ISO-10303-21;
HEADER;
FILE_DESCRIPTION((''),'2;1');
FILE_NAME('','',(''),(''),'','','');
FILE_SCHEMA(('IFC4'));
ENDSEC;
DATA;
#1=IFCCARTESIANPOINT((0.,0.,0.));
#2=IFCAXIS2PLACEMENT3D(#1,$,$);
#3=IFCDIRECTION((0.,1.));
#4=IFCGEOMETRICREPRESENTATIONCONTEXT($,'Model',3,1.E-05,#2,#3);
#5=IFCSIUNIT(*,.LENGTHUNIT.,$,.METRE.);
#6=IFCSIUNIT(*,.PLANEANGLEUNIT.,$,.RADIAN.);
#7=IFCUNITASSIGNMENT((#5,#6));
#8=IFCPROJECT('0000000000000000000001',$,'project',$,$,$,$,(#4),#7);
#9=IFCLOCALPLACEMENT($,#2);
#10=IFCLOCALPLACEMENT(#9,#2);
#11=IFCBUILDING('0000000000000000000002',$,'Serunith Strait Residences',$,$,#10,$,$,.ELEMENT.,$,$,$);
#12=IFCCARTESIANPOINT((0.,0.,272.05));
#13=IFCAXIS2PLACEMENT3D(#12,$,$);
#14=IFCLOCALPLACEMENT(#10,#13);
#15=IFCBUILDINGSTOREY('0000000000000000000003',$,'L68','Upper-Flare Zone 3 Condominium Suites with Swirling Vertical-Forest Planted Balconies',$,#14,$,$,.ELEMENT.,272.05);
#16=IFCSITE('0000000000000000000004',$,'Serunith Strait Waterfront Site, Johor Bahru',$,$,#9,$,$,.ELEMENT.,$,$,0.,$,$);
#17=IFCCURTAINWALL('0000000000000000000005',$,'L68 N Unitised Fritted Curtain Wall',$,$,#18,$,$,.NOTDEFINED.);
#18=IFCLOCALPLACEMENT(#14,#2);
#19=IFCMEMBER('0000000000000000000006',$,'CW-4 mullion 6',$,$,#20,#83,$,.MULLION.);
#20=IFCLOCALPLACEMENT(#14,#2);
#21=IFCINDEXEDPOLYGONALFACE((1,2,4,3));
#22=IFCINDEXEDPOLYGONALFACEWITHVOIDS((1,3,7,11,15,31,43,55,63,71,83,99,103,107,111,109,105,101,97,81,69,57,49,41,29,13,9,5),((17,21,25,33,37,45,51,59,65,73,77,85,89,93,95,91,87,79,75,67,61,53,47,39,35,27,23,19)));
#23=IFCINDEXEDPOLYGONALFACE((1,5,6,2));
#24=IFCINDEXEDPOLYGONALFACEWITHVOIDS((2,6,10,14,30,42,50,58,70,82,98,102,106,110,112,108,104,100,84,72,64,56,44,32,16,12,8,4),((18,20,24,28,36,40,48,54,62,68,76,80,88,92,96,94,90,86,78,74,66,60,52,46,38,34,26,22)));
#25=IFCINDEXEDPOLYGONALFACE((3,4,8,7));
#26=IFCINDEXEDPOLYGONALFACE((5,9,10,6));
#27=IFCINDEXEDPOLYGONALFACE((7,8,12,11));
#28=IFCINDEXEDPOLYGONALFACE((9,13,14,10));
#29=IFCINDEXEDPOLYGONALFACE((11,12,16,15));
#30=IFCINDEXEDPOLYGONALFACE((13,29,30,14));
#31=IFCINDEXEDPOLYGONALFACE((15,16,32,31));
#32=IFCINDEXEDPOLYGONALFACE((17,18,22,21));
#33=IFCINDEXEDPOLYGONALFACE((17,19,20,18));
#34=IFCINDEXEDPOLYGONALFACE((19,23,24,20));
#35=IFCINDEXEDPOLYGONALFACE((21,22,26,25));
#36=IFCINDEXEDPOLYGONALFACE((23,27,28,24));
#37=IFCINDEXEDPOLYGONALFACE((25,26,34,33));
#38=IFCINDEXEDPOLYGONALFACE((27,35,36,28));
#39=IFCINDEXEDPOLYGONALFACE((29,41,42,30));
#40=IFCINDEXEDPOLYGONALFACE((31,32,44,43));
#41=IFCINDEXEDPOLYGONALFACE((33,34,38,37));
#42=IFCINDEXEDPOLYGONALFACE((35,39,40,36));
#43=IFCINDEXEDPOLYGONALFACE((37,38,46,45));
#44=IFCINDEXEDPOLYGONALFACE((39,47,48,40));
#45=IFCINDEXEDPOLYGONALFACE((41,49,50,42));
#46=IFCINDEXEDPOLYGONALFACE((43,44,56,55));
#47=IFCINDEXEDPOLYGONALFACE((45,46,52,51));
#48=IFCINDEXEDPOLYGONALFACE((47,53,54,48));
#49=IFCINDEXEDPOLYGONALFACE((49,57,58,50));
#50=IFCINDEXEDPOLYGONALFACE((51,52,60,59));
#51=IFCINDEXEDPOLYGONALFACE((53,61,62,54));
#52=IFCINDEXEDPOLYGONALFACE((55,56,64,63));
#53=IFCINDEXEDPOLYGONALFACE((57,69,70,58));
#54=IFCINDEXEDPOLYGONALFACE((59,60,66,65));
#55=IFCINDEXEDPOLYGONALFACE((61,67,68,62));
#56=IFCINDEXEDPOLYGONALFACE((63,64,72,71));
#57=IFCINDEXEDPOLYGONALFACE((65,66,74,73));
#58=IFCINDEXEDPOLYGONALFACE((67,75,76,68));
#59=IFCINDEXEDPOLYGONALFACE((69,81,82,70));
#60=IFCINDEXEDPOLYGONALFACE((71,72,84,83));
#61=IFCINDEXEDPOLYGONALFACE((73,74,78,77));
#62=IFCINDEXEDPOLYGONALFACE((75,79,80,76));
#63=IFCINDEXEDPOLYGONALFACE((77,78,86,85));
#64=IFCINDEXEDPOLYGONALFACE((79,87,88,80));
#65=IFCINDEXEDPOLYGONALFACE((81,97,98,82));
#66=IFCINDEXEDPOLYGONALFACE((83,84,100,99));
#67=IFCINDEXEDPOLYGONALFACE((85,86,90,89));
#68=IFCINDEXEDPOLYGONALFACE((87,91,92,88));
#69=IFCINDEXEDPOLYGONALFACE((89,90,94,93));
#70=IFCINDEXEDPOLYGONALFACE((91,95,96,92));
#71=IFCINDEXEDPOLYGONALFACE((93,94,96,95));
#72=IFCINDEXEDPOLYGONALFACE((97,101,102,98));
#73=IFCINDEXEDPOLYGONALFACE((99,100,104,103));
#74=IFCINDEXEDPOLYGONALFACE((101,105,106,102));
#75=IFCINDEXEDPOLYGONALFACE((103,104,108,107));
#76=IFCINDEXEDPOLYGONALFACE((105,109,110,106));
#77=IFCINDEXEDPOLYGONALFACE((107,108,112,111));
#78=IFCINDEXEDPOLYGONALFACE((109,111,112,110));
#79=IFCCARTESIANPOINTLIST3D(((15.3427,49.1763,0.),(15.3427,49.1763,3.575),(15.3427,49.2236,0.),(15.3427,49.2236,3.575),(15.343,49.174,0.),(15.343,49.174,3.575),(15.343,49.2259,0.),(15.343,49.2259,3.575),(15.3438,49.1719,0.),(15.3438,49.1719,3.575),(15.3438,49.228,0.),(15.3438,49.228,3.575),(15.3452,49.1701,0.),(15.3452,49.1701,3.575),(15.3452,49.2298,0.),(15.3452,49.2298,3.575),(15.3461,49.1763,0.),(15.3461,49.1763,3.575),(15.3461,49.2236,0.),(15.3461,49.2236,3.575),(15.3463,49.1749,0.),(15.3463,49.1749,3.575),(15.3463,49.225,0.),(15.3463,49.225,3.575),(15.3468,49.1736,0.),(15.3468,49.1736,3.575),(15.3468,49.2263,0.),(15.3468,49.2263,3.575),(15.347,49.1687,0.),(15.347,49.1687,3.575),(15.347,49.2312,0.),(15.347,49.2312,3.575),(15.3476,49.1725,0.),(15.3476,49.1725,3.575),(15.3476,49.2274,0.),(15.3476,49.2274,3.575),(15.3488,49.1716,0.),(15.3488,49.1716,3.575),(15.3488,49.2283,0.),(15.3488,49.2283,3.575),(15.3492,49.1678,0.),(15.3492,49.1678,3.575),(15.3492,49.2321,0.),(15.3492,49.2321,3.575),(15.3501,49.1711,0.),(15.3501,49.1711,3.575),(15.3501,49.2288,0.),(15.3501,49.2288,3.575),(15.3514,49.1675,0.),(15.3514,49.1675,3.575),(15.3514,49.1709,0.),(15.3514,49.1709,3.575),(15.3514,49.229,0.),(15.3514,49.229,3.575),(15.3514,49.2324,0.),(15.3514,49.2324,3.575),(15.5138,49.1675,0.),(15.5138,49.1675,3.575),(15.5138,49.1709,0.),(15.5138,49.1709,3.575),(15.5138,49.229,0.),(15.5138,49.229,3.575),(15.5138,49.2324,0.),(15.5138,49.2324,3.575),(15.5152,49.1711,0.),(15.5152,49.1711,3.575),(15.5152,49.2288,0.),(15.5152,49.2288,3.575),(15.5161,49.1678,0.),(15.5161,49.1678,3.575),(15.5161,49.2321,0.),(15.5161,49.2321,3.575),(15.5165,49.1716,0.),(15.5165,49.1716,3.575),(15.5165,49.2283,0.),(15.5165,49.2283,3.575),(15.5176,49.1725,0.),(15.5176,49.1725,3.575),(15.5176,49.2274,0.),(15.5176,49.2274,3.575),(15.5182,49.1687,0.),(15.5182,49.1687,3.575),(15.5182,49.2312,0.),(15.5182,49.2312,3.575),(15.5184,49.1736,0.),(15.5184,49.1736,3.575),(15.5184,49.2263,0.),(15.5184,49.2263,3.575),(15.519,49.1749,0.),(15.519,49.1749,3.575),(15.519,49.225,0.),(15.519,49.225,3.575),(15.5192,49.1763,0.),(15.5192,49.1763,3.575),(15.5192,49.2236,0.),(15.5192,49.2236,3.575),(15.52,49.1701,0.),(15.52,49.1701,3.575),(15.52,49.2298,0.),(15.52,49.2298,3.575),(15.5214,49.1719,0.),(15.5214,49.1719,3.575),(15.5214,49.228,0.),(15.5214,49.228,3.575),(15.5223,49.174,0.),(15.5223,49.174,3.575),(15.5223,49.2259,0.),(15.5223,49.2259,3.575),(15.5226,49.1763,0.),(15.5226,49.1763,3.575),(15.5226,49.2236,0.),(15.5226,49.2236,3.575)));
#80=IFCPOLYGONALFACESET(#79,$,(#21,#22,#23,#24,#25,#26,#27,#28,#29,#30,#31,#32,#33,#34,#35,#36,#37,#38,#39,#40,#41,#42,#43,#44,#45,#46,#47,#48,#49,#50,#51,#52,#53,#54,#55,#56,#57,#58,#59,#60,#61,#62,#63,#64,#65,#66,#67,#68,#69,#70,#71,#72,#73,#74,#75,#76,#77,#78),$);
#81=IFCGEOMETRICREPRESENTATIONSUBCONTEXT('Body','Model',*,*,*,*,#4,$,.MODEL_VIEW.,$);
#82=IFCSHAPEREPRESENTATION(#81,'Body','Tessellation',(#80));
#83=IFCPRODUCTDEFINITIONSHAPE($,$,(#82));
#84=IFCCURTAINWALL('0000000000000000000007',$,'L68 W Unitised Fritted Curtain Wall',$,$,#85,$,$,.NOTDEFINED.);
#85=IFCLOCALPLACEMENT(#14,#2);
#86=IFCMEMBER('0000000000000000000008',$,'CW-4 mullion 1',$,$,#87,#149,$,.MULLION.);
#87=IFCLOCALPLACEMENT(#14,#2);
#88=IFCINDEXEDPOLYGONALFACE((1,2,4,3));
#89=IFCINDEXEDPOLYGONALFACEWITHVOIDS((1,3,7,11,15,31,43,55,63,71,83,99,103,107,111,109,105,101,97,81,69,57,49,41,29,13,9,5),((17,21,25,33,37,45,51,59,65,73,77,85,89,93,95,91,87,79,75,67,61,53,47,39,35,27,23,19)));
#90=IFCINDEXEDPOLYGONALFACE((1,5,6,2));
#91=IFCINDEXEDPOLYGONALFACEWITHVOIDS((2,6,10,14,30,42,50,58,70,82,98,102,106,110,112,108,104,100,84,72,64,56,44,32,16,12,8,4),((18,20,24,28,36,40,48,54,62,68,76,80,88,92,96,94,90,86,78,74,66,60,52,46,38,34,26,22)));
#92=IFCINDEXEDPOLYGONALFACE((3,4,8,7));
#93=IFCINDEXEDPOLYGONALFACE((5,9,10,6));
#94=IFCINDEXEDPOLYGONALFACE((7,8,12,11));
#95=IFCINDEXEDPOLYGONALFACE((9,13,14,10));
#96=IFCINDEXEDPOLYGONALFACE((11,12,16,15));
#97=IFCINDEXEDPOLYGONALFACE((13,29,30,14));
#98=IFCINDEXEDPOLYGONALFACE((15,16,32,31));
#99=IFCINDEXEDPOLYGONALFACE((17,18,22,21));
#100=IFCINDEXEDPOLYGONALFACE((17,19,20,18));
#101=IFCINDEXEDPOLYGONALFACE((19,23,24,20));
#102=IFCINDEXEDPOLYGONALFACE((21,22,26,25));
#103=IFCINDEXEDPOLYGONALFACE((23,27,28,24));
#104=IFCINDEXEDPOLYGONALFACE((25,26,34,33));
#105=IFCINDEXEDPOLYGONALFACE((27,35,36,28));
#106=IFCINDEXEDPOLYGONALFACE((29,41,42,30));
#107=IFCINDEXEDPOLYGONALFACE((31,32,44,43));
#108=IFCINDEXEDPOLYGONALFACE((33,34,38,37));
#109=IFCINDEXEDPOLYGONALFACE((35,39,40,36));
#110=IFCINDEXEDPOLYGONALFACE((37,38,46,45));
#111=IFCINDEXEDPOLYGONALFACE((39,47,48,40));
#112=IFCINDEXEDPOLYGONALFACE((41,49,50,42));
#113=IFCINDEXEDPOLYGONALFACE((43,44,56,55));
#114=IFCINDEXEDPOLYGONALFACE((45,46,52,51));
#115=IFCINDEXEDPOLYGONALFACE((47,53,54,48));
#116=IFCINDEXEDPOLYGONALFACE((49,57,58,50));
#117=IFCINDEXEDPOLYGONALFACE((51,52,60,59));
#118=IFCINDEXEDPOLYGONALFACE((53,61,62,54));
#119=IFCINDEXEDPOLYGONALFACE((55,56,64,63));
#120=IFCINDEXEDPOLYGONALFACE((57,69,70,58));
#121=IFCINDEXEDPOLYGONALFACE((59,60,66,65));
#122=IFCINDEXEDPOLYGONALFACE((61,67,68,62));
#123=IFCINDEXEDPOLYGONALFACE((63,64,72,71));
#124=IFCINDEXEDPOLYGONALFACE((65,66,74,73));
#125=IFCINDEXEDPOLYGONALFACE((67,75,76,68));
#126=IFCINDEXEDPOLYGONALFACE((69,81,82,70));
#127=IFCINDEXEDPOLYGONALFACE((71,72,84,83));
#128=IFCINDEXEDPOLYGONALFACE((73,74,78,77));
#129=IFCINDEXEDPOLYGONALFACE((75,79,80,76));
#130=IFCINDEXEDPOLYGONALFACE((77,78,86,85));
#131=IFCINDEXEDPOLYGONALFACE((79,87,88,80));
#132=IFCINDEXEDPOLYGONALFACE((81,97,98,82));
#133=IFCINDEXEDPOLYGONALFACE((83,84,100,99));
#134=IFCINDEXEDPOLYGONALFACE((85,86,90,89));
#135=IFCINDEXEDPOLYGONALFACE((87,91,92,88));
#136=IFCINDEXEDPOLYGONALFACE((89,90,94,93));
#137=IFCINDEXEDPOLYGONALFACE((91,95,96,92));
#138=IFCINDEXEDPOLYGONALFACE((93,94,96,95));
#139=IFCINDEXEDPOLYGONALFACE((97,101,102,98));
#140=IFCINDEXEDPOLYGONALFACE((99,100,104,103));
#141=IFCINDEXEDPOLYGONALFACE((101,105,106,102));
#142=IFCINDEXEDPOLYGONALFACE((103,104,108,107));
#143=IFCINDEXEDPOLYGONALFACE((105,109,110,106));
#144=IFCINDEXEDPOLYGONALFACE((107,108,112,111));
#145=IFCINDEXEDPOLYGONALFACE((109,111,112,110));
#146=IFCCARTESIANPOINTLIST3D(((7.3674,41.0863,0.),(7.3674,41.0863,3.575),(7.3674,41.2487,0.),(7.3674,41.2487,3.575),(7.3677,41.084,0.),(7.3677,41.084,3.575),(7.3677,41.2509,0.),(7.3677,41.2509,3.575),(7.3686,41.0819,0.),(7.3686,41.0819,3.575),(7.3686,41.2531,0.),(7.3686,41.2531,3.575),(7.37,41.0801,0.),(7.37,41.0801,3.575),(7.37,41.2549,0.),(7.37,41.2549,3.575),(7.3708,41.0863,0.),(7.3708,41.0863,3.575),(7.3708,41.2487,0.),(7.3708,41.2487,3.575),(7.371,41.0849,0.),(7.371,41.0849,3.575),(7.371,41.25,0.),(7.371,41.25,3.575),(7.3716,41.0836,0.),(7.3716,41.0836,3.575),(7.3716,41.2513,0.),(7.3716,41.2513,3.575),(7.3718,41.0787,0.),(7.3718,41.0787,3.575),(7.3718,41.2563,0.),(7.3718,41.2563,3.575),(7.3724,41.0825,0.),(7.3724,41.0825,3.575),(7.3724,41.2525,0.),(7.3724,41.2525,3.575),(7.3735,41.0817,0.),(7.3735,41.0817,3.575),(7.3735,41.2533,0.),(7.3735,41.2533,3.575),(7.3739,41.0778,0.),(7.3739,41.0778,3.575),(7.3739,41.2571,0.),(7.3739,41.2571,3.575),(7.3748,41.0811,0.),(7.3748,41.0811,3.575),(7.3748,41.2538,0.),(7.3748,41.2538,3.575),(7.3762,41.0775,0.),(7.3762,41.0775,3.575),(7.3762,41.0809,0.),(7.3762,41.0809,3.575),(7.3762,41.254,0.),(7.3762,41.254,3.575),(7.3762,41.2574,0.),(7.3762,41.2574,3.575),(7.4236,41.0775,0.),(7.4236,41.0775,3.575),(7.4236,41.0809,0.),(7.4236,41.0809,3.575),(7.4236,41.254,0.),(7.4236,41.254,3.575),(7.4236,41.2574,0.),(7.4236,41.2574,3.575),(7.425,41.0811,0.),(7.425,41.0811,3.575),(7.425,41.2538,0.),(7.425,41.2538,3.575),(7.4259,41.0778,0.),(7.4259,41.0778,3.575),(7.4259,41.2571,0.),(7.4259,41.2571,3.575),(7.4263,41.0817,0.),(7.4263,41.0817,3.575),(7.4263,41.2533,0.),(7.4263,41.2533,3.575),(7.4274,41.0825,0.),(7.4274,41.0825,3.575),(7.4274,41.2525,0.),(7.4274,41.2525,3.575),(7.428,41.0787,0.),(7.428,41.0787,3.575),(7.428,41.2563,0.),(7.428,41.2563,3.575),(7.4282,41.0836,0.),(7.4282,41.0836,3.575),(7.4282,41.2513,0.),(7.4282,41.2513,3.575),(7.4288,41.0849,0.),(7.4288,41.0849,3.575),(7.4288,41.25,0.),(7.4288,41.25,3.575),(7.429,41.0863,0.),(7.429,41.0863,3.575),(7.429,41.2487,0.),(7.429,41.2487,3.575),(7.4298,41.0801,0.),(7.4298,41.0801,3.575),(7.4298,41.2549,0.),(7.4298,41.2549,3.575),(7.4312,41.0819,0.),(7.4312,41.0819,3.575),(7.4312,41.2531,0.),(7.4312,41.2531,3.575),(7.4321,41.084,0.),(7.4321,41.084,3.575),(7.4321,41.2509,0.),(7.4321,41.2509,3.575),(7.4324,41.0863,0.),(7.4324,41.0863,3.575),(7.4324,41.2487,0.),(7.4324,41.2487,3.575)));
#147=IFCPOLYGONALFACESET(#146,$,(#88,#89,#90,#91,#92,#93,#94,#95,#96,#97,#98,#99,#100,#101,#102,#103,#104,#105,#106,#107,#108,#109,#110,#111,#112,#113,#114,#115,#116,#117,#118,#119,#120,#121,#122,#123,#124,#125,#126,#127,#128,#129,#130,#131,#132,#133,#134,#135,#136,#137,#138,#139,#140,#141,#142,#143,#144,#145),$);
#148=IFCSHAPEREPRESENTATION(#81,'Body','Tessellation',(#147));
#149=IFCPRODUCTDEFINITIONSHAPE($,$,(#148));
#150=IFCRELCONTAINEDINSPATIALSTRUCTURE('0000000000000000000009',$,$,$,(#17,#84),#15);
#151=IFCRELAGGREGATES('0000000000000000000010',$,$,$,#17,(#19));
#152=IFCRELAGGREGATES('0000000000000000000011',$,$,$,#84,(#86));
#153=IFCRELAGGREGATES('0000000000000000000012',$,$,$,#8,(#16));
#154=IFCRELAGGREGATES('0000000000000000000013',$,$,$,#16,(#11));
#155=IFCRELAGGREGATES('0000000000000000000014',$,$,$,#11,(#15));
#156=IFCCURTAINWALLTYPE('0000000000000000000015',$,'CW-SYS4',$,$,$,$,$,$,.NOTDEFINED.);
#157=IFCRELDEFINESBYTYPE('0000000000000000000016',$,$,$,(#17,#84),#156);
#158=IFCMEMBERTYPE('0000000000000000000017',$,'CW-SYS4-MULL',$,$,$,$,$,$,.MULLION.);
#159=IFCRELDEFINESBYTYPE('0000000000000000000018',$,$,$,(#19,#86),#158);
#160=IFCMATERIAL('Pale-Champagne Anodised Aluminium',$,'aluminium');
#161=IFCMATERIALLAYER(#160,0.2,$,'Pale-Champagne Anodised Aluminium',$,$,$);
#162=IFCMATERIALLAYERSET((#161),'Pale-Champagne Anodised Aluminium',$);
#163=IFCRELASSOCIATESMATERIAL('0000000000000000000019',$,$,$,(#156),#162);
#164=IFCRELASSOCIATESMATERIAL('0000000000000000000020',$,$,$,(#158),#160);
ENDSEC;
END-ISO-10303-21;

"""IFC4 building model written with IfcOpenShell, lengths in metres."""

from ifc_helpers import new_model, si_unit, direction, frame, origin, origin_2d, place, context, subcontext, project, spatial, hollow_rectangle, extrude, source, transform, mapped, material, layer, layer_set, material_profile, profile_set, type_object, element, aggregate, save


model = new_model("IFC4")

# Units and contexts
model_context = context("Model", 3, precision=1e-05, world=origin(), true_north=direction((0.0, 1.0)))
body_context = subcontext(model_context, "Body", "Model", "MODEL_VIEW")
ifc_project = project(units=[si_unit("LENGTHUNIT", "METRE"), si_unit("PLANEANGLEUNIT", "RADIAN")], contexts=[model_context])

# Site, building, storey
site_placement = place(None, origin())
site = spatial("IfcSite", under=ifc_project, at=site_placement, Name="Serunith Strait Waterfront Site, Johor Bahru", CompositionType="ELEMENT", RefElevation=0.0)
building_placement = place(site_placement, origin())
building = spatial("IfcBuilding", under=site, at=building_placement, Name="Serunith Strait Residences", CompositionType="ELEMENT")
storey_placement = place(building_placement, frame((0.0, 0.0, 272.05)))
storey = spatial("IfcBuildingStorey", under=building, at=storey_placement, Name="L68", Description="Upper-Flare Zone 3 Condominium Suites with Swirling Vertical-Forest Planted Balconies", CompositionType="ELEMENT", Elevation=272.05)

# Curtain wall, member
ifc_material_1 = material(Name="Pale-Champagne Anodised Aluminium", Category="aluminium")
ifc_layer_1 = layer(ifc_material_1, 0.2, Name="Pale-Champagne Anodised Aluminium")
ifc_layer_set_1 = layer_set([ifc_layer_1], Name="Pale-Champagne Anodised Aluminium")
curtain_wall_type = type_object("IfcCurtainWallType", Name="CW-SYS4", PredefinedType="NOTDEFINED", material=ifc_layer_set_1)
curtain_wall_1_placement = place(storey_placement, origin())
curtain_wall_1 = element("IfcCurtainWall", 1, at=curtain_wall_1_placement, inside=storey, type_object=curtain_wall_type, Name="L68 N Unitised Fritted Curtain Wall", PredefinedType="NOTDEFINED")
ifc_material_profile_1 = material_profile(ifc_material_1, hollow_rectangle(XDim=0.0649, YDim=0.1799, WallThickness=0.0034, InnerFilletRadius=0.0054, OuterFilletRadius=0.0088, at=origin_2d()), Name="ALU 180x65x3.5")
ifc_profile_set_1 = profile_set([ifc_material_profile_1], Name="Pale-Champagne Anodised Aluminium")
member_type_1 = type_object("IfcMemberType", Name="CW-SYS4-MULL", PredefinedType="MULLION", material=ifc_profile_set_1)
shared_shape_1 = source(origin(), body_context, "Body", "SweptSolid", [
    extrude(hollow_rectangle(XDim=0.0649, YDim=0.1799, WallThickness=0.0034, InnerFilletRadius=0.0054, OuterFilletRadius=0.0088, at=origin_2d()), origin(), (0.0, 0.0, 1.0), 3.575),
])
member_1_placement = place(storey_placement, frame((15.4326, 49.2, 0.0), z_axis=(0.0, 0.0, 1.0), x_axis=(0.0, -1.0, 0.0)))
member_1 = element("IfcMember", 2, at=member_1_placement, type_object=member_type_1, Name="CW-4 mullion 6", PredefinedType="MULLION", context=body_context, shape_type="MappedRepresentation", body=[
    mapped(shared_shape_1, transform((0.0, 0.0, 0.0), scale=1.0)),
])
aggregate(curtain_wall_1, [member_1])

# Curtain wall, member
curtain_wall_2_placement = place(storey_placement, origin())
curtain_wall_2 = element("IfcCurtainWall", 3, at=curtain_wall_2_placement, inside=storey, type_object=curtain_wall_type, Name="L68 W Unitised Fritted Curtain Wall", PredefinedType="NOTDEFINED")
member_2_placement = place(storey_placement, frame((7.3999, 41.1675, 0.0), z_axis=(0.0, 0.0, 1.0), x_axis=(1.0, 0.0, 0.0)))
member_2 = element("IfcMember", 4, at=member_2_placement, type_object=member_type_1, Name="CW-4 mullion 1", PredefinedType="MULLION", context=body_context, shape_type="MappedRepresentation", body=[
    mapped(shared_shape_1, transform((0.0, 0.0, 0.0), scale=1.0)),
])
aggregate(curtain_wall_2, [member_2])

save(model, "model.ifc")
